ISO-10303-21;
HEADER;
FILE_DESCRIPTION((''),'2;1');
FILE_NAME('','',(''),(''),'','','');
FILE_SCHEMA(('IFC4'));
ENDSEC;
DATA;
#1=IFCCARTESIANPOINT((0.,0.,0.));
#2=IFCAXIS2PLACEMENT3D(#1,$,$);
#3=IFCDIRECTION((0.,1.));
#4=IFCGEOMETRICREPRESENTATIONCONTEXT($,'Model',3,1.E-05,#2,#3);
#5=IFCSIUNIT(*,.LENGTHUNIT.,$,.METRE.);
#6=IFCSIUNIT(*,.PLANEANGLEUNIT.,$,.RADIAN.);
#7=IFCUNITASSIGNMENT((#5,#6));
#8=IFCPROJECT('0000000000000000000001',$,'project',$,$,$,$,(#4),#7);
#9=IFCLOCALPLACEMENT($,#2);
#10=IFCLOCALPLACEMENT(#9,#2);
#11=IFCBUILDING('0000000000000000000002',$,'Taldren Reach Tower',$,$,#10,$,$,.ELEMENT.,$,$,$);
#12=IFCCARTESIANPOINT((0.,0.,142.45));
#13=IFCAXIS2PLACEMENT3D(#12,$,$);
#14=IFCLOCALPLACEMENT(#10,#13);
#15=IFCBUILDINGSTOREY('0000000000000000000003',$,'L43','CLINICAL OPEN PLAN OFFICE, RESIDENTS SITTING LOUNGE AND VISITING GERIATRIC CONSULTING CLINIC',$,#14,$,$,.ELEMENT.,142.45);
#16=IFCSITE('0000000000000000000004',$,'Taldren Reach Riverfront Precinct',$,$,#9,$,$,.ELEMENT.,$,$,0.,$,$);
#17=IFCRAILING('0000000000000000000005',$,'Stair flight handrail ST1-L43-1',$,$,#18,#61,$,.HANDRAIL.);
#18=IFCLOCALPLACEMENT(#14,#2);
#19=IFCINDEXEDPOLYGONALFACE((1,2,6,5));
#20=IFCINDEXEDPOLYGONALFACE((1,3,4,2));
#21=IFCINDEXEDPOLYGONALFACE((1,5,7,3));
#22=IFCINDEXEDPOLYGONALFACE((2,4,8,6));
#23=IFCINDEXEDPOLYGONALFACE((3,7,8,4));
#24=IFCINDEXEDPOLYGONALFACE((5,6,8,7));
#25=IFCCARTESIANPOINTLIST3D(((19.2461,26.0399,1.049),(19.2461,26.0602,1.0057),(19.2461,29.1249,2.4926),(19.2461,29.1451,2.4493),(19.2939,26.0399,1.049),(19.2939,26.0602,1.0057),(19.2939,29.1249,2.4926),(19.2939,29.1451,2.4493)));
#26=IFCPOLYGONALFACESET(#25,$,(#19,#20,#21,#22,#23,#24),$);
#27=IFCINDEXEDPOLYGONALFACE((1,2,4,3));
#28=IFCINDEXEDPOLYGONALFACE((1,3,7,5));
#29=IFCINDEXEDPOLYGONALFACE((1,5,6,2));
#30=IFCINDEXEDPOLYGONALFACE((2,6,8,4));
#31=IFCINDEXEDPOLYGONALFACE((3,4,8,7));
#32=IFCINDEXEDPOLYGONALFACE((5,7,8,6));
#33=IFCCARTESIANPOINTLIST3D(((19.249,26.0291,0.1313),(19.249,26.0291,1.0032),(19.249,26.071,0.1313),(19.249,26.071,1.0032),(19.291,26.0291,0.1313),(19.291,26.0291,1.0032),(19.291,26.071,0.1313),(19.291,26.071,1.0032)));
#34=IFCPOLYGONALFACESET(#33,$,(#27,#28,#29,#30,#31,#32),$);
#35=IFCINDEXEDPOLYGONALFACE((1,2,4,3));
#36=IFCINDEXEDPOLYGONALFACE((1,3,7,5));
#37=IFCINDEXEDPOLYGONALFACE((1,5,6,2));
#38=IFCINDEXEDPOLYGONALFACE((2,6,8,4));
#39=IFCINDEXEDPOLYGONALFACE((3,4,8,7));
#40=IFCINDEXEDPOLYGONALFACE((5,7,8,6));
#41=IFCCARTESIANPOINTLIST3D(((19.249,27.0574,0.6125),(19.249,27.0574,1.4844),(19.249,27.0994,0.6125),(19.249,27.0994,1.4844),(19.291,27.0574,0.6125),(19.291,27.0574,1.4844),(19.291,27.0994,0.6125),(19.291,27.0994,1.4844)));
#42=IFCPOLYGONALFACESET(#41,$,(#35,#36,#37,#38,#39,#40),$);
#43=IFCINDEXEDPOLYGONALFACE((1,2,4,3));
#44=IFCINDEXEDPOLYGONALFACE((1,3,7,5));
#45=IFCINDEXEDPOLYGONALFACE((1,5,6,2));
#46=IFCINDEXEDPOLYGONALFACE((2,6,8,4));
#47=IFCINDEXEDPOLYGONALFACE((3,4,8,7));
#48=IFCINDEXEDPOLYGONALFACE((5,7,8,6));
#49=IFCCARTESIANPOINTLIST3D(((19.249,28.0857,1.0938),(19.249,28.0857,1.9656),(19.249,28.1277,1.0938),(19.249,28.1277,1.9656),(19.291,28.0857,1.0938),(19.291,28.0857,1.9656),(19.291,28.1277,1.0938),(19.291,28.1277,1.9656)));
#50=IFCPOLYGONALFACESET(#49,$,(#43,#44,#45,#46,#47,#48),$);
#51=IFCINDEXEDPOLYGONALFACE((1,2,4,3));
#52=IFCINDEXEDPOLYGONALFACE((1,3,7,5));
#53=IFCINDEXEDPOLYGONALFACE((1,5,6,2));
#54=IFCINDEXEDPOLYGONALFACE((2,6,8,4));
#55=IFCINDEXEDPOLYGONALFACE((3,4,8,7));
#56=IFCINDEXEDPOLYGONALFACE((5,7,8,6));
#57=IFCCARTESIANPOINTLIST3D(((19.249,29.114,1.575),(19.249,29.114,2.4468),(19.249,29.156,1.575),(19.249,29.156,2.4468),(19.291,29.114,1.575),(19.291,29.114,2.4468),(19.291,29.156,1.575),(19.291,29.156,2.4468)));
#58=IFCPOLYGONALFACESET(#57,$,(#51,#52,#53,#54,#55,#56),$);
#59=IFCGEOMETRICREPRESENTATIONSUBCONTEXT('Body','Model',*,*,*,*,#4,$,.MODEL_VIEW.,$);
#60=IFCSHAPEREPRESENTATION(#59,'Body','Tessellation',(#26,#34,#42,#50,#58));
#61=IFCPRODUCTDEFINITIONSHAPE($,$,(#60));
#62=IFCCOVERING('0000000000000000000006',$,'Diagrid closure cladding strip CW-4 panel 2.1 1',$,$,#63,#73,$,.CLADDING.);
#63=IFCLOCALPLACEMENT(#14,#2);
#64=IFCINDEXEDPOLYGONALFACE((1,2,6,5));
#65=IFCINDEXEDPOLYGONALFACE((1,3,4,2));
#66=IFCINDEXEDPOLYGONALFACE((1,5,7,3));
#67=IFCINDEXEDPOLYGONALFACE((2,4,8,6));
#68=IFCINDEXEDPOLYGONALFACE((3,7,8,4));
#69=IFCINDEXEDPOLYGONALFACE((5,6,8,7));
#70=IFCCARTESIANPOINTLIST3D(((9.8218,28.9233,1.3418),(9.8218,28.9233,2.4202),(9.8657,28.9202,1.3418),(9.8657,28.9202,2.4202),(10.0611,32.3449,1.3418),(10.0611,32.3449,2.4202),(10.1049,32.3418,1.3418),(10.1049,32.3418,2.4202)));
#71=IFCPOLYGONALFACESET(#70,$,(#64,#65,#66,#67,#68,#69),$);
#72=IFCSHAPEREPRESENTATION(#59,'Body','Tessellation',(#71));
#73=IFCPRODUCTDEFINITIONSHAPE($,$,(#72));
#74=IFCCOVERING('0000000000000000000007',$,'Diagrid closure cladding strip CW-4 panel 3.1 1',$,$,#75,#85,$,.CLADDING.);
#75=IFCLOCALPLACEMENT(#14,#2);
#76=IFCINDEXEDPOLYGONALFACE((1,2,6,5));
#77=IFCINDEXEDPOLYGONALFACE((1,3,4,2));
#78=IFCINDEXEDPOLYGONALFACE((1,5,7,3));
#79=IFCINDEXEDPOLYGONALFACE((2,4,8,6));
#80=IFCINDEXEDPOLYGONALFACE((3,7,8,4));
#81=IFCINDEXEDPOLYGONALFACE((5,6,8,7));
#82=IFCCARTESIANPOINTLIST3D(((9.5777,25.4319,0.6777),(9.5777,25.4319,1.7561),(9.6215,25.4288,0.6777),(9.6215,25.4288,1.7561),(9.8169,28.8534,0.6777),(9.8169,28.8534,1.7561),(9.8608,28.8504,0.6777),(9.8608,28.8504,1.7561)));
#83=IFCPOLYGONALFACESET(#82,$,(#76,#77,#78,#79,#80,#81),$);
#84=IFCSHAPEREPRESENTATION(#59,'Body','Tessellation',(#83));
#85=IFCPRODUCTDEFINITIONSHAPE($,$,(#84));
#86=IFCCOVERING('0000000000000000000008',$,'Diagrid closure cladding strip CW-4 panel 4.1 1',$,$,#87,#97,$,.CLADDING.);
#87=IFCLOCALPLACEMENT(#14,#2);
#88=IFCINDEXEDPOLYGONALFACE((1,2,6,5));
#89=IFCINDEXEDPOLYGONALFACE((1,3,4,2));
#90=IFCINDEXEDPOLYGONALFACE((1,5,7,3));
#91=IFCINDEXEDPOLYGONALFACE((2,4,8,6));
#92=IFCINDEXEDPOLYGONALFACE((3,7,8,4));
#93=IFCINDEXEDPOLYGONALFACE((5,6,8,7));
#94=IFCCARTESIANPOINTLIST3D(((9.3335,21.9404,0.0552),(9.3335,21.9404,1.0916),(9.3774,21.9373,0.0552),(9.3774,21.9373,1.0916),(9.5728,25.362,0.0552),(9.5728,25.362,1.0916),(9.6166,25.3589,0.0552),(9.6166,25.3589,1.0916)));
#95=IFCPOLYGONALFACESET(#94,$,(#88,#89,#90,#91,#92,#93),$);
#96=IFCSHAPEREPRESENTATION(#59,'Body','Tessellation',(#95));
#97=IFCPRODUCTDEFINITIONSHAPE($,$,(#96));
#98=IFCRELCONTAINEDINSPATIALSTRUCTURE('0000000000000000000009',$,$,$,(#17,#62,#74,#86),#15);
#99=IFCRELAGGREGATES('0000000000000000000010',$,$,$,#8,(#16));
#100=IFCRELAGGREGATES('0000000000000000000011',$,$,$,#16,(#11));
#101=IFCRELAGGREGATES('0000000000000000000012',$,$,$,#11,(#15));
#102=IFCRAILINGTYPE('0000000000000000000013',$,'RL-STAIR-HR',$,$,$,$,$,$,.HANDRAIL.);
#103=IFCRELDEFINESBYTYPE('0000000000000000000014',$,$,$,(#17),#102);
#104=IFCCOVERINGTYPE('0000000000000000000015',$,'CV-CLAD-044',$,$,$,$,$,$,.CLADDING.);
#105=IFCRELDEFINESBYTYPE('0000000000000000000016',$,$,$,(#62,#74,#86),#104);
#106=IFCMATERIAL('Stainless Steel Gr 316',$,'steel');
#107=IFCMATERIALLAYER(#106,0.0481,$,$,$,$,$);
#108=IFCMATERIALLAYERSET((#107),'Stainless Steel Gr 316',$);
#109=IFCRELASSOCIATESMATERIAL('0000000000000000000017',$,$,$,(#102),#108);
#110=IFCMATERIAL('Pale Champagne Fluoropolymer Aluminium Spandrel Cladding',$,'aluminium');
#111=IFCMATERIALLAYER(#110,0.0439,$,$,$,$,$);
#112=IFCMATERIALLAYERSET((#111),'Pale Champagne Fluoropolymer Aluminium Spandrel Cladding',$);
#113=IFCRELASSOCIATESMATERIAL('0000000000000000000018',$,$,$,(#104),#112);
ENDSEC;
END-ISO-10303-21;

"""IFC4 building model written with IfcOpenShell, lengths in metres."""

from ifc_helpers import new_model, si_unit, direction, frame, origin, origin_2d, place, context, subcontext, project, spatial, rectangle, extrude, source, transform, mapped, material, layer, layer_set, type_object, element, save


model = new_model("IFC4")

# Units and contexts
model_context = context("Model", 3, precision=1e-05, world=origin(), true_north=direction((0.0, 1.0)))
body_context = subcontext(model_context, "Body", "Model", "MODEL_VIEW")
ifc_project = project(units=[si_unit("LENGTHUNIT", "METRE"), si_unit("PLANEANGLEUNIT", "RADIAN")], contexts=[model_context])

# Site, building, storey
site_placement = place(None, origin())
site = spatial("IfcSite", under=ifc_project, at=site_placement, Name="Taldren Reach Riverfront Precinct", CompositionType="ELEMENT", RefElevation=0.0)
building_placement = place(site_placement, origin())
building = spatial("IfcBuilding", under=site, at=building_placement, Name="Taldren Reach Tower", CompositionType="ELEMENT")
storey_placement = place(building_placement, frame((0.0, 0.0, 142.45)))
storey = spatial("IfcBuildingStorey", under=building, at=storey_placement, Name="L43", Description="CLINICAL OPEN PLAN OFFICE, RESIDENTS SITTING LOUNGE AND VISITING GERIATRIC CONSULTING CLINIC", CompositionType="ELEMENT", Elevation=142.45)

# Railing
ifc_material_1 = material(Name="Stainless Steel Gr 316", Category="steel")
ifc_layer_1 = layer(ifc_material_1, 0.0481)
ifc_layer_set_1 = layer_set([ifc_layer_1], Name="Stainless Steel Gr 316")
railing_type_1 = type_object("IfcRailingType", Name="RL-STAIR-HR", PredefinedType="HANDRAIL", material=ifc_layer_set_1)
railing_1_placement = place(storey_placement, frame((19.27, 26.05, 0.1313)))
element("IfcRailing", 1, at=railing_1_placement, inside=storey, type_object=railing_type_1, Name="Stair flight handrail ST1-L43-1", PredefinedType="HANDRAIL", context=body_context, shape_type="SweptSolid", body=[
    extrude(rectangle(XDim=0.0479, YDim=0.0479, at=origin_2d()), frame((0.0, 0.0, 0.896), z_axis=(0.0, 0.905738, 0.423839), x_axis=(-1.0, 0.0, 0.0)), (0.0, 0.0, 1.0), 3.406),
    extrude(rectangle(XDim=0.042, YDim=0.042, at=origin_2d()), origin(), (0.0, 0.0, 1.0), 0.8718),
    extrude(rectangle(XDim=0.042, YDim=0.042, at=origin_2d()), frame((0.0, 1.0283, 0.4812)), (0.0, 0.0, 1.0), 0.8718),
    extrude(rectangle(XDim=0.042, YDim=0.042, at=origin_2d()), frame((0.0, 2.0566, 0.9624)), (0.0, 0.0, 1.0), 0.8718),
    extrude(rectangle(XDim=0.042, YDim=0.042, at=origin_2d()), frame((0.0, 3.085, 1.4436)), (0.0, 0.0, 1.0), 0.8718),
])

# Coverings
ifc_material_2 = material(Name="Pale Champagne Fluoropolymer Aluminium Spandrel Cladding", Category="aluminium")
ifc_layer_2 = layer(ifc_material_2, 0.0439)
ifc_layer_set_2 = layer_set([ifc_layer_2], Name="Pale Champagne Fluoropolymer Aluminium Spandrel Cladding")
covering_type = type_object("IfcCoveringType", Name="CV-CLAD-044", PredefinedType="CLADDING", material=ifc_layer_set_2)
shared_shape_1 = source(origin(), body_context, "Body", "SweptSolid", [
    extrude(rectangle(XDim=3.4299, YDim=0.0439, at=origin_2d()), origin(), (0.0, 0.0, 1.0), 1.0784),
])
for number, where, z_axis, x_axis, name in (
    (2, (9.9634, 30.6326, 1.3418), (0.0, 0.0, 1.0), (-0.069756, -0.997564, 0.0), "Diagrid closure cladding strip CW-4 panel 2.1 1"),
    (3, (9.7192, 27.1411, 0.6777), (0.0, 0.0, 1.0), (-0.069756, -0.997564, 0.0), "Diagrid closure cladding strip CW-4 panel 3.1 1"),
):
    element("IfcCovering", number, at=place(storey_placement, frame(where, z_axis=z_axis, x_axis=x_axis)), inside=storey, type_object=covering_type, Name=name, PredefinedType="CLADDING", context=body_context, shape_type="MappedRepresentation", body=[
        mapped(shared_shape_1, transform((0.0, 0.0, 0.0), scale=1.0)),
    ])
shared_shape_2 = source(origin(), body_context, "Body", "SweptSolid", [
    extrude(rectangle(XDim=3.4299, YDim=0.0439, at=origin_2d()), origin(), (0.0, 0.0, 1.0), 1.0364),
])
covering_placement = place(storey_placement, frame((9.4751, 23.6497, 0.0552), z_axis=(0.0, 0.0, 1.0), x_axis=(-0.069756, -0.997564, 0.0)))
element("IfcCovering", 4, at=covering_placement, inside=storey, type_object=covering_type, Name="Diagrid closure cladding strip CW-4 panel 4.1 1", PredefinedType="CLADDING", context=body_context, shape_type="MappedRepresentation", body=[
    mapped(shared_shape_2, transform((0.0, 0.0, 0.0), scale=1.0)),
])

save(model, "model.ifc")
